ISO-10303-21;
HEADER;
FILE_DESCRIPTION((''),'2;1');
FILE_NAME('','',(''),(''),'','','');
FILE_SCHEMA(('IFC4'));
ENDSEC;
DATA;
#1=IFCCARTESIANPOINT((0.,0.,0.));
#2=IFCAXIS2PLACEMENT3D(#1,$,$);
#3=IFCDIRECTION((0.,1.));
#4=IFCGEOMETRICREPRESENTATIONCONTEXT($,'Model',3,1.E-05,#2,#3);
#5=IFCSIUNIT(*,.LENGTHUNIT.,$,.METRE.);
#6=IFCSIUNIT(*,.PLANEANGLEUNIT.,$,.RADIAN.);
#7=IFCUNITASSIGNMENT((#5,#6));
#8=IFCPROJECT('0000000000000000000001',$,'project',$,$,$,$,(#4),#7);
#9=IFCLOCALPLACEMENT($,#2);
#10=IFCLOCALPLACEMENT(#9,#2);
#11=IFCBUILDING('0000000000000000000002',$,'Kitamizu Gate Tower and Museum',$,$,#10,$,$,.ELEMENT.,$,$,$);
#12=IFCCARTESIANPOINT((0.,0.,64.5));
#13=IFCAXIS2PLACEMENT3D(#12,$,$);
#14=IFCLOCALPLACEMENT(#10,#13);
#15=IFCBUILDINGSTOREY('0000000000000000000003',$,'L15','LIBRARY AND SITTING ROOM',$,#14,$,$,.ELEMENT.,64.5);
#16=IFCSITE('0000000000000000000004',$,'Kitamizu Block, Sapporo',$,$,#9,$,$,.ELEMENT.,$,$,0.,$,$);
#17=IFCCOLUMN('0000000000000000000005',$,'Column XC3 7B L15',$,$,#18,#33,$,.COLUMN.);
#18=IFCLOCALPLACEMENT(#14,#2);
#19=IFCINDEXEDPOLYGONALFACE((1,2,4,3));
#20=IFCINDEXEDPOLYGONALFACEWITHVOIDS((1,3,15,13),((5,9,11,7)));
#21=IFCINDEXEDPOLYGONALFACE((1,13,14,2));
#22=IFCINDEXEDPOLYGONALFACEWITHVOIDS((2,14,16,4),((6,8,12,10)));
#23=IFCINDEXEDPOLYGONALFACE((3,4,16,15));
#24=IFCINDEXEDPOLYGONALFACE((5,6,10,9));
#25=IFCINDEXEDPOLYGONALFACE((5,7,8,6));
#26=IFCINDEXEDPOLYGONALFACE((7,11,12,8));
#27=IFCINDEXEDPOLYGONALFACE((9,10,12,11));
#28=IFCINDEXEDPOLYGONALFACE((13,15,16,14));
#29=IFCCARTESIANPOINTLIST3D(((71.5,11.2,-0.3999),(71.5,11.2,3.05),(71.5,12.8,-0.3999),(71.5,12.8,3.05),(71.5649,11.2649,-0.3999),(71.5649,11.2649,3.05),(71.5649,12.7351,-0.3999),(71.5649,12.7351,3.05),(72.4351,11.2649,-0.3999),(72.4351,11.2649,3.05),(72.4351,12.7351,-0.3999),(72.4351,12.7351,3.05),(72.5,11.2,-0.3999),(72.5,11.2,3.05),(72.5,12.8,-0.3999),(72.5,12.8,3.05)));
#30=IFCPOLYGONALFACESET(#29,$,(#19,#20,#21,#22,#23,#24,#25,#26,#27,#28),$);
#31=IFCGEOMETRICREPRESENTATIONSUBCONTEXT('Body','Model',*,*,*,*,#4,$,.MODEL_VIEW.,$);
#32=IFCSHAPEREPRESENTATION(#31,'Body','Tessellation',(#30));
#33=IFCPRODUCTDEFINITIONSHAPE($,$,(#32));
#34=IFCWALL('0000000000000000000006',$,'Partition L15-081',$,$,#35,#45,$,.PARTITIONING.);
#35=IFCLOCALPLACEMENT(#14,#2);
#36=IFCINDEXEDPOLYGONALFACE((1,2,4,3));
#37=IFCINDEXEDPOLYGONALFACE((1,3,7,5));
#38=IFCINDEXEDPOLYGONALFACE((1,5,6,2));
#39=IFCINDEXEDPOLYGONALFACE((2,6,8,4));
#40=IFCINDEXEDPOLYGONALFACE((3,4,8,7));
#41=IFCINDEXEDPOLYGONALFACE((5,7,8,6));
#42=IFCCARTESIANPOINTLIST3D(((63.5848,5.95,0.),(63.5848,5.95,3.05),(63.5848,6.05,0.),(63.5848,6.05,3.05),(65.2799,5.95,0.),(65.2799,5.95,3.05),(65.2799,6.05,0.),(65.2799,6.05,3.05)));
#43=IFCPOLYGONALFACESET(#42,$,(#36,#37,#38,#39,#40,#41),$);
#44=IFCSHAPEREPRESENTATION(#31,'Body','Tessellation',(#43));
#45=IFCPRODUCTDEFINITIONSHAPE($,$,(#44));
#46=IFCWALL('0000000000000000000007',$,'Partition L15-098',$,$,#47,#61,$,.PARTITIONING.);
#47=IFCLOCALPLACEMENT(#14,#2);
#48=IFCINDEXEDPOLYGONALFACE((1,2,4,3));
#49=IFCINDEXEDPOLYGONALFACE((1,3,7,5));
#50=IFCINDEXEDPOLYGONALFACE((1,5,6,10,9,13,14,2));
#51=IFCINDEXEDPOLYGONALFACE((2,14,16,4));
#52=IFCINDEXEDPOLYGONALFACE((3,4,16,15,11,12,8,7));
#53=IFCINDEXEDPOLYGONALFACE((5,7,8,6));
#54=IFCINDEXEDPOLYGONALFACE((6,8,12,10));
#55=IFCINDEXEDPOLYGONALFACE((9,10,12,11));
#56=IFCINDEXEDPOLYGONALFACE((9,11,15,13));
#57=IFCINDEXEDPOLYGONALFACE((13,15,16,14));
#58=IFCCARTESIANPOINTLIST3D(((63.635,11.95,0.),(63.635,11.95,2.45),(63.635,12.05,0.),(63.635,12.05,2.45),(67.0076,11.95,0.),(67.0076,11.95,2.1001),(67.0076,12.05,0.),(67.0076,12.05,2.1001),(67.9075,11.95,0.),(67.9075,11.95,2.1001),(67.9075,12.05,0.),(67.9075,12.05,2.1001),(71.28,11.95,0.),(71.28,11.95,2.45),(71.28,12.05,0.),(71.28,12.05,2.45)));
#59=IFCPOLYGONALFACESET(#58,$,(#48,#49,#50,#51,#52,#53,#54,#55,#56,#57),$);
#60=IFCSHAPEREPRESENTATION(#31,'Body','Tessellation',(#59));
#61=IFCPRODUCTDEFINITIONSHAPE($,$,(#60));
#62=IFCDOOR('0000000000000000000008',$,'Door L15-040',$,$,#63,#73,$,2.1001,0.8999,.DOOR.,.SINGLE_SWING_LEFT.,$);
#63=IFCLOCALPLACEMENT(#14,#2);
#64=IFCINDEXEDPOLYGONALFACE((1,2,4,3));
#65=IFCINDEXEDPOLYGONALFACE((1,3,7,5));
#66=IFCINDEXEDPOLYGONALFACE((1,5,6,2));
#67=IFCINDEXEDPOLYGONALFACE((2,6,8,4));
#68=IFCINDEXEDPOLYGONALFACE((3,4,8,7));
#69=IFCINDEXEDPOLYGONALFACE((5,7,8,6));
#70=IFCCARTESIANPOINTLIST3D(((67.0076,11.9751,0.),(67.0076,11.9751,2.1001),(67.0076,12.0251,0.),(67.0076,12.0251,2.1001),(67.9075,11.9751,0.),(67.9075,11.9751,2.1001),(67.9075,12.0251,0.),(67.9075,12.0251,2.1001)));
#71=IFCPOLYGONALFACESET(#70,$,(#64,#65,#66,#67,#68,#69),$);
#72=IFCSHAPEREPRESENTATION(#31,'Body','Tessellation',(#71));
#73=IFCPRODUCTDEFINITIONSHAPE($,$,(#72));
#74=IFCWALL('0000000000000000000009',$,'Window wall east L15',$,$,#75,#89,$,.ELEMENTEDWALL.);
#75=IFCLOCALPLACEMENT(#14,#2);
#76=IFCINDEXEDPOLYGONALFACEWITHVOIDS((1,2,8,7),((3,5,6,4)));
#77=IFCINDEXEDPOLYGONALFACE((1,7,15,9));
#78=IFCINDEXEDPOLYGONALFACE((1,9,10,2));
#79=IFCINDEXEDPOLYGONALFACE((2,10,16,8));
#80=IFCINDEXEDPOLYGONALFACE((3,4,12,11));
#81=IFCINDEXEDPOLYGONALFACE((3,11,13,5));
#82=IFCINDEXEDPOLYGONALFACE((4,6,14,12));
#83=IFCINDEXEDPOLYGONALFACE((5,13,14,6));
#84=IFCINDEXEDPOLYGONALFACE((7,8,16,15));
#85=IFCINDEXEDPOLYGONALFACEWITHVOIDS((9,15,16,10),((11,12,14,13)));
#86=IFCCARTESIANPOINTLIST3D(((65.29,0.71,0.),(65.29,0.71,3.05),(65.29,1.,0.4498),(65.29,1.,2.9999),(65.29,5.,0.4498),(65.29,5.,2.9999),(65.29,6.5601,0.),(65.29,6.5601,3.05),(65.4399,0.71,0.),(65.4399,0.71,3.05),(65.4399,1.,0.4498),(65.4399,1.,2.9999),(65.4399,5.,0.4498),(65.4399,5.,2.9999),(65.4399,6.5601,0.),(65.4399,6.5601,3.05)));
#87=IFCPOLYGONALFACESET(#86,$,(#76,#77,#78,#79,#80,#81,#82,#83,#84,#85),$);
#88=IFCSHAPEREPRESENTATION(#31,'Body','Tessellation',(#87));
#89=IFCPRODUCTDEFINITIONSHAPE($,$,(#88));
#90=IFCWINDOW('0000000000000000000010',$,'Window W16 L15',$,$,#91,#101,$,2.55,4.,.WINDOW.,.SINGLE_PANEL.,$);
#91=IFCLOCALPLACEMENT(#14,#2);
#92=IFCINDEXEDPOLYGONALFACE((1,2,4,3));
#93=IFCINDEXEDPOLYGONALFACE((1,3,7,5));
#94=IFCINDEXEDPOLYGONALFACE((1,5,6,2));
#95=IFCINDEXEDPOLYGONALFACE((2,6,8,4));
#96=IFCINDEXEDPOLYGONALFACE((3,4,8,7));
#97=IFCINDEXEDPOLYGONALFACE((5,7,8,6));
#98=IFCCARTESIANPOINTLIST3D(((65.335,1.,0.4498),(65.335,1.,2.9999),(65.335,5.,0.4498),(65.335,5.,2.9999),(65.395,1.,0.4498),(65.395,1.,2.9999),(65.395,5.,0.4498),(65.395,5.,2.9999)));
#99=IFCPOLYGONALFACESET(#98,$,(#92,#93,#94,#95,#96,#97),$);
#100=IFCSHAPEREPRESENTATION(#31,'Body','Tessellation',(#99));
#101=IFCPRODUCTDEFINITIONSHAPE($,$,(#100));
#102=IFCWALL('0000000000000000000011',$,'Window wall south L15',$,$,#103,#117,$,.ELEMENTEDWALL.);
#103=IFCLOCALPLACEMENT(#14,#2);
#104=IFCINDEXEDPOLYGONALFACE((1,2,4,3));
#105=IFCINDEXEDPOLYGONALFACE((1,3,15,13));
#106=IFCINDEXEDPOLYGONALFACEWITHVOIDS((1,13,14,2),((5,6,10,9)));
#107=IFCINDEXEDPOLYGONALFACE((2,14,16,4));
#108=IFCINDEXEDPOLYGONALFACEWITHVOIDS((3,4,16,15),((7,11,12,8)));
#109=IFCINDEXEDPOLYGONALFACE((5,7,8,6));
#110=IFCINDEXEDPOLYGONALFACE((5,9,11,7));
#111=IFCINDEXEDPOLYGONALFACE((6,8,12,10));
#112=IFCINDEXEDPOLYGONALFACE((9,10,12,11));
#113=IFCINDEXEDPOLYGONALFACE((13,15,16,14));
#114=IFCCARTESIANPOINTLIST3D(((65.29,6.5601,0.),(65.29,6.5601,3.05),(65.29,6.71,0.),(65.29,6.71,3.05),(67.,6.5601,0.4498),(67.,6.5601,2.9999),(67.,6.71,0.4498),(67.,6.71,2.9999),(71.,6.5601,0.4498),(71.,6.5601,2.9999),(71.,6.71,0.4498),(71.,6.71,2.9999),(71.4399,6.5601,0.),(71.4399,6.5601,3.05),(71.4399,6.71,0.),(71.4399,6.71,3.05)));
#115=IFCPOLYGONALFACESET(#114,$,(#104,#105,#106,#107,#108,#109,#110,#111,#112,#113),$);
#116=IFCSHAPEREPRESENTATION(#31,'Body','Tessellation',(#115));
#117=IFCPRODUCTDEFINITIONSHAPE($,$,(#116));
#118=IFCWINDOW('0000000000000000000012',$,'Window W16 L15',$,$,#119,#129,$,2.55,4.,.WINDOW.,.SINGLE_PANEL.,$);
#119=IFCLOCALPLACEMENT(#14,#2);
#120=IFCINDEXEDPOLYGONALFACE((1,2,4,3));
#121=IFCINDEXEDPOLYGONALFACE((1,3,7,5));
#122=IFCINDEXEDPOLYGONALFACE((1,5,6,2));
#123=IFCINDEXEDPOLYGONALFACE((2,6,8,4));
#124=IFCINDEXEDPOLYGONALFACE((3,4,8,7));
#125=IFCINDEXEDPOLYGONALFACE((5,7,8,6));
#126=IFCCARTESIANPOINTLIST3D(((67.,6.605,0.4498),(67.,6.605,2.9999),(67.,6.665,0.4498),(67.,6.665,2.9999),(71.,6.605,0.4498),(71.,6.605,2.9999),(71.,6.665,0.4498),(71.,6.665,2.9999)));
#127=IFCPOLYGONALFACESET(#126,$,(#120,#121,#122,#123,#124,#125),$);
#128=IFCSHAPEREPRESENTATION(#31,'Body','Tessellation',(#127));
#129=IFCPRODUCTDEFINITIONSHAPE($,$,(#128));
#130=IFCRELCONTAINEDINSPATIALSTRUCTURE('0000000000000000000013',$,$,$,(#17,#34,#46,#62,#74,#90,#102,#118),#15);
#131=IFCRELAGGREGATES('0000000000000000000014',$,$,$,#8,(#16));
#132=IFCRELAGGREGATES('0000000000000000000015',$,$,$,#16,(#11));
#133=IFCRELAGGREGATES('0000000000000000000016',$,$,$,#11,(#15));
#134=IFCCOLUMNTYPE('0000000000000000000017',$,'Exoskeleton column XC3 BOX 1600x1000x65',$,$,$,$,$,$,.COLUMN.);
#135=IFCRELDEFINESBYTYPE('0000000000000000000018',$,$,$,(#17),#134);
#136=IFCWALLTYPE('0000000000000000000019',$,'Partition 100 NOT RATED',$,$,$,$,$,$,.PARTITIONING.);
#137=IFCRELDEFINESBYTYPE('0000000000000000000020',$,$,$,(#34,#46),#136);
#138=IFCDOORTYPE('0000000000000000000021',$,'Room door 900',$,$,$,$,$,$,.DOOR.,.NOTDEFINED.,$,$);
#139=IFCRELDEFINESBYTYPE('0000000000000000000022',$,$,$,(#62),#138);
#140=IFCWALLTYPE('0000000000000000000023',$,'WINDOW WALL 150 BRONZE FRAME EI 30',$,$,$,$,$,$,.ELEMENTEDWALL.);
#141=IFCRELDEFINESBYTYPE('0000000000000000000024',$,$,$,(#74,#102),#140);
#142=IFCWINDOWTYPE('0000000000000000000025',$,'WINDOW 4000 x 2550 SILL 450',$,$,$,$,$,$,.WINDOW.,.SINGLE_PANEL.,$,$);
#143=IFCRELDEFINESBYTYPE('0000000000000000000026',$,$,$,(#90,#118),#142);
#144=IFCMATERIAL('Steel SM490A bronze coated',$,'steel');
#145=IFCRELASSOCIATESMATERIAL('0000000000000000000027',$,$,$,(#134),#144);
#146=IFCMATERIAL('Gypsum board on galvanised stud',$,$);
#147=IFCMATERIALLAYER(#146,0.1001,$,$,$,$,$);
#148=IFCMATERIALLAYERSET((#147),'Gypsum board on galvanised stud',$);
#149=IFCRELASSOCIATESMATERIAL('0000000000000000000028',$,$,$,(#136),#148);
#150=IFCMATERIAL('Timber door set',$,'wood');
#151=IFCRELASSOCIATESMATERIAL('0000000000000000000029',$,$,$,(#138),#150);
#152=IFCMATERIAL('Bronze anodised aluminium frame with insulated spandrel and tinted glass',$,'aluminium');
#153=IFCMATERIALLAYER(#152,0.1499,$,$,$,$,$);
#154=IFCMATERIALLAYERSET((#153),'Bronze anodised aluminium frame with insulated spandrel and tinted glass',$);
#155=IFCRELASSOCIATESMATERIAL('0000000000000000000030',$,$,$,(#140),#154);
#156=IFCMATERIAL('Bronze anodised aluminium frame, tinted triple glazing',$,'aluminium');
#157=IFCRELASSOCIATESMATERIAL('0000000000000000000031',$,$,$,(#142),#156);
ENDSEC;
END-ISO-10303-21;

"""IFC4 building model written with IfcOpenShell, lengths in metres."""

from ifc_helpers import new_model, si_unit, direction, frame, frame_2d, origin, origin_2d, place, context, subcontext, project, spatial, rectangle, hollow_rectangle, extrude, material, layer, layer_set, material_profile, profile_set, type_object, element, fill, save


model = new_model("IFC4")

# Units and contexts
model_context = context("Model", 3, precision=1e-05, world=origin(), true_north=direction((0.0, 1.0)))
body_context = subcontext(model_context, "Body", "Model", "MODEL_VIEW")
ifc_project = project(units=[si_unit("LENGTHUNIT", "METRE"), si_unit("PLANEANGLEUNIT", "RADIAN")], contexts=[model_context])

# Site, building, storey
site_placement = place(None, origin())
site = spatial("IfcSite", under=ifc_project, at=site_placement, Name="Kitamizu Block, Sapporo", CompositionType="ELEMENT", RefElevation=0.0)
building_placement = place(site_placement, origin())
building = spatial("IfcBuilding", under=site, at=building_placement, Name="Kitamizu Gate Tower and Museum", CompositionType="ELEMENT")
storey_placement = place(building_placement, frame((0.0, 0.0, 64.5)))
storey = spatial("IfcBuildingStorey", under=building, at=storey_placement, Name="L15", Description="LIBRARY AND SITTING ROOM", CompositionType="ELEMENT", Elevation=64.5)

# Column
ifc_material_1 = material(Name="Steel SM490A bronze coated", Category="steel")
ifc_material_profile = material_profile(ifc_material_1, hollow_rectangle(XDim=1.6001, YDim=1.0, WallThickness=0.0649, at=origin_2d()), Name="BOX 1600x1000x65")
ifc_profile_set = profile_set([ifc_material_profile], Name="Steel SM490A bronze coated")
column_type = type_object("IfcColumnType", Name="Exoskeleton column XC3 BOX 1600x1000x65", PredefinedType="COLUMN", material=ifc_profile_set)
column_placement = place(storey_placement, frame((72.0, 12.0, -0.3999), z_axis=(0.0, 0.0, 1.0), x_axis=(0.0, 1.0, 0.0)))
element("IfcColumn", 1, at=column_placement, inside=storey, type_object=column_type, Name="Column XC3 7B L15", PredefinedType="COLUMN", context=body_context, shape_type="SweptSolid", body=[
    extrude(hollow_rectangle(XDim=1.6001, YDim=1.0, WallThickness=0.0649, at=origin_2d()), origin(), (0.0, 0.0, 1.0), 3.45),
])

# Wall
ifc_material_2 = material(Name="Gypsum board on galvanised stud")
ifc_layer_1 = layer(ifc_material_2, 0.1001)
ifc_layer_set_1 = layer_set([ifc_layer_1], Name="Gypsum board on galvanised stud")
wall_type_1 = type_object("IfcWallType", Name="Partition 100 NOT RATED", PredefinedType="PARTITIONING", material=ifc_layer_set_1)
wall_1_placement = place(storey_placement, frame((65.28, 6.0, 0.0), z_axis=(0.0, 0.0, 1.0), x_axis=(-1.0, 0.0, 0.0)))
element("IfcWall", 2, at=wall_1_placement, inside=storey, type_object=wall_type_1, Name="Partition L15-081", PredefinedType="PARTITIONING", context=body_context, shape_type="SweptSolid", body=[
    extrude(rectangle(XDim=1.6951, YDim=0.1001, at=frame_2d((0.8477, 0.0))), origin(), (0.0, 0.0, 1.0), 3.05),
])

# Wall, opening, door
wall_2_placement = place(storey_placement, frame((71.28, 12.0, 0.0), z_axis=(0.0, 0.0, 1.0), x_axis=(-1.0, 0.0, 0.0)))
wall_2 = element("IfcWall", 3, at=wall_2_placement, inside=storey, type_object=wall_type_1, Name="Partition L15-098", PredefinedType="PARTITIONING", context=body_context, shape_type="SweptSolid", body=[
    extrude(rectangle(XDim=7.645, YDim=0.1001, at=frame_2d((3.8225, 0.0))), origin(), (0.0, 0.0, 1.0), 2.45),
])
opening_1_placement = place(wall_2_placement, frame((3.3726, 0.0, 0.0)))
opening_1 = element("IfcOpeningElement", 4, at=opening_1_placement, cuts=wall_2, PredefinedType="OPENING", context=body_context, shape_type="SweptSolid", body=[
    extrude(rectangle(XDim=0.8999, YDim=2.1001, at=frame_2d((0.45, 1.05))), frame((0.0, 0.0601, 0.0), z_axis=(0.0, -1.0, 0.0), x_axis=(1.0, 0.0, 0.0)), (0.0, 0.0, 1.0), 0.1201),
])
ifc_material_3 = material(Name="Timber door set", Category="wood")
door_type = type_object("IfcDoorType", Name="Room door 900", OperationType="NOTDEFINED", PredefinedType="DOOR", material=ifc_material_3)
door_placement = place(opening_1_placement, origin())
door = element("IfcDoor", 5, at=door_placement, inside=storey, type_object=door_type, Name="Door L15-040", OperationType="SINGLE_SWING_LEFT", OverallHeight=2.1001, OverallWidth=0.8999, PredefinedType="DOOR", context=body_context, shape_type="SweptSolid", body=[
    extrude(rectangle(XDim=0.8999, YDim=2.1001, at=frame_2d((0.45, 1.05))), frame((0.0, 0.0249, 0.0), z_axis=(0.0, -1.0, 0.0), x_axis=(1.0, 0.0, 0.0)), (0.0, 0.0, 1.0), 0.05),
])
fill(opening_1, door)

# Walls, openings, windows
ifc_material_4 = material(Name="Bronze anodised aluminium frame with insulated spandrel and tinted glass", Category="aluminium")
ifc_layer_2 = layer(ifc_material_4, 0.1499)
ifc_layer_set_2 = layer_set([ifc_layer_2], Name="Bronze anodised aluminium frame with insulated spandrel and tinted glass")
wall_type_2 = type_object("IfcWallType", Name="WINDOW WALL 150 BRONZE FRAME EI 30", PredefinedType="ELEMENTEDWALL", material=ifc_layer_set_2)
wall_3_placement = place(storey_placement, frame((65.365, 0.71, 0.0), z_axis=(0.0, 0.0, 1.0), x_axis=(0.0, 1.0, 0.0)))
wall_3 = element("IfcWall", 6, at=wall_3_placement, inside=storey, type_object=wall_type_2, Name="Window wall east L15", PredefinedType="ELEMENTEDWALL", context=body_context, shape_type="SweptSolid", body=[
    extrude(rectangle(XDim=5.8501, YDim=0.1499, at=frame_2d((2.925, 0.0))), origin(), (0.0, 0.0, 1.0), 3.05),
])
opening_2_placement = place(wall_3_placement, frame((0.29, 0.0, 0.45)))
opening_2 = element("IfcOpeningElement", 7, at=opening_2_placement, cuts=wall_3, PredefinedType="OPENING", context=body_context, shape_type="SweptSolid", body=[
    extrude(rectangle(XDim=4.0, YDim=2.55, at=frame_2d((2.0, 1.2749))), frame((0.0, 0.085, 0.0), z_axis=(0.0, -1.0, 0.0), x_axis=(1.0, 0.0, 0.0)), (0.0, 0.0, 1.0), 0.1699),
])
ifc_material_5 = material(Name="Bronze anodised aluminium frame, tinted triple glazing", Category="aluminium")
window_type_1 = type_object("IfcWindowType", Name="WINDOW 4000 x 2550 SILL 450", PartitioningType="SINGLE_PANEL", PredefinedType="WINDOW", material=ifc_material_5)
window_1_placement = place(opening_2_placement, origin())
window_1 = element("IfcWindow", 8, at=window_1_placement, inside=storey, type_object=window_type_1, Name="Window W16 L15", OverallHeight=2.55, OverallWidth=4.0, PartitioningType="SINGLE_PANEL", PredefinedType="WINDOW", context=body_context, shape_type="SweptSolid", body=[
    extrude(rectangle(XDim=4.0, YDim=2.55, at=frame_2d((2.0, 1.2749))), frame((0.0, 0.03, 0.0), z_axis=(0.0, -1.0, 0.0), x_axis=(1.0, 0.0, 0.0)), (0.0, 0.0, 1.0), 0.0601),
])
fill(opening_2, window_1)
wall_4_placement = place(storey_placement, frame((65.29, 6.635, 0.0), z_axis=(0.0, 0.0, 1.0), x_axis=(1.0, 0.0, 0.0)))
wall_4 = element("IfcWall", 9, at=wall_4_placement, inside=storey, type_object=wall_type_2, Name="Window wall south L15", PredefinedType="ELEMENTEDWALL", context=body_context, shape_type="SweptSolid", body=[
    extrude(rectangle(XDim=6.1499, YDim=0.1499, at=frame_2d((3.075, 0.0))), origin(), (0.0, 0.0, 1.0), 3.05),
])
opening_3_placement = place(wall_4_placement, frame((1.71, 0.0, 0.45)))
opening_3 = element("IfcOpeningElement", 10, at=opening_3_placement, cuts=wall_4, PredefinedType="OPENING", context=body_context, shape_type="SweptSolid", body=[
    extrude(rectangle(XDim=4.0, YDim=2.55, at=frame_2d((2.0, 1.2749))), frame((0.0, 0.085, 0.0), z_axis=(0.0, -1.0, 0.0), x_axis=(1.0, 0.0, 0.0)), (0.0, 0.0, 1.0), 0.1699),
])
window_2_placement = place(opening_3_placement, origin())
window_2 = element("IfcWindow", 11, at=window_2_placement, inside=storey, type_object=window_type_1, Name="Window W16 L15", OverallHeight=2.55, OverallWidth=4.0, PartitioningType="SINGLE_PANEL", PredefinedType="WINDOW", context=body_context, shape_type="SweptSolid", body=[
    extrude(rectangle(XDim=4.0, YDim=2.55, at=frame_2d((2.0, 1.2749))), frame((0.0, 0.03, 0.0), z_axis=(0.0, -1.0, 0.0), x_axis=(1.0, 0.0, 0.0)), (0.0, 0.0, 1.0), 0.0601),
])
fill(opening_3, window_2)

save(model, "model.ifc")
